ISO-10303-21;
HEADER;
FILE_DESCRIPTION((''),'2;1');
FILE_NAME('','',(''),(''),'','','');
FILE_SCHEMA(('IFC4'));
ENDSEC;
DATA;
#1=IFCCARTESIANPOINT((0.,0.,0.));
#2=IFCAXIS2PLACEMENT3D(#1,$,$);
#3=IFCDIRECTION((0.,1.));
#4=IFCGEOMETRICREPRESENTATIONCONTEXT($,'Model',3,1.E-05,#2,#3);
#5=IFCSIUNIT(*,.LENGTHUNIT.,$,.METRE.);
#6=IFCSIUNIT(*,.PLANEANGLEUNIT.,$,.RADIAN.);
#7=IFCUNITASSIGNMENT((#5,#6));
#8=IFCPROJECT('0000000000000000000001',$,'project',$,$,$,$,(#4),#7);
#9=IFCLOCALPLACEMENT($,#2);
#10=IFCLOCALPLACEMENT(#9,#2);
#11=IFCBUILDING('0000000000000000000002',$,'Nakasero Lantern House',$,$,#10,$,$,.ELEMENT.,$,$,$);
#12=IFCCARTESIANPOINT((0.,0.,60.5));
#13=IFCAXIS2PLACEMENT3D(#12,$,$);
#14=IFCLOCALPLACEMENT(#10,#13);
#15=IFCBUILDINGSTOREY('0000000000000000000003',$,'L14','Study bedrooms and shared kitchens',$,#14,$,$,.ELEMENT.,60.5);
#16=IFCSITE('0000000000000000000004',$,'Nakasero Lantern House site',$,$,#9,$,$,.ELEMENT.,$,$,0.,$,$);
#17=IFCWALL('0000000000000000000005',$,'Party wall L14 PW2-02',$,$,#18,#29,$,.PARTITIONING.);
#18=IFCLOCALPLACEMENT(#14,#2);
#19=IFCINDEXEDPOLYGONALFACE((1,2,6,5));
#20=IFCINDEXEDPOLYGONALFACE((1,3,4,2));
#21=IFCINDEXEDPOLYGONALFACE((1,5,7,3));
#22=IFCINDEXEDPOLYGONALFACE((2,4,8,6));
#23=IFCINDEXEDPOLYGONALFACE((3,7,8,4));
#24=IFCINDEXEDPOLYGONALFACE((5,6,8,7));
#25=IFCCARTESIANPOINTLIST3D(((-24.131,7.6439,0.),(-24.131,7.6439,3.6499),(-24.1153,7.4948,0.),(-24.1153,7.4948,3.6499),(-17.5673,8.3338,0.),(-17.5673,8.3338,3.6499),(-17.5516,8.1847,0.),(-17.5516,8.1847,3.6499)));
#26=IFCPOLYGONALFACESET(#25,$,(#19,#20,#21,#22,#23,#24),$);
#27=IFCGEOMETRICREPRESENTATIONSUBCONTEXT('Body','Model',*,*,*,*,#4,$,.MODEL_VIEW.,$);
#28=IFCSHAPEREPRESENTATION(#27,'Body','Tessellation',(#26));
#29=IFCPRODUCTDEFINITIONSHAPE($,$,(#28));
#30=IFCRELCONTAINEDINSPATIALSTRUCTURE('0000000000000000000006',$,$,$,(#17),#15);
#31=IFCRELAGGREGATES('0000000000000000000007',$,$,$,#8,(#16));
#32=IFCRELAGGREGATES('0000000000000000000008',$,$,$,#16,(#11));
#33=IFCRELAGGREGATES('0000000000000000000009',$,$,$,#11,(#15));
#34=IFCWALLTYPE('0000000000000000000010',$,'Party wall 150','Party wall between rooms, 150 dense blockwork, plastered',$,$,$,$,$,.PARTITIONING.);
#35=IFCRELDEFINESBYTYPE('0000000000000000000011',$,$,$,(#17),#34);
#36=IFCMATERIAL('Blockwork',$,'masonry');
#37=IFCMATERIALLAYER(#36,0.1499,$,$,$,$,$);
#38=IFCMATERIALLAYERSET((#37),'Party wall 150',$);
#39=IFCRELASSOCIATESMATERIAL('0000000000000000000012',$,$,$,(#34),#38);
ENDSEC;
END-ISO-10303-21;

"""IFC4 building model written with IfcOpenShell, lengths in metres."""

from ifc_helpers import new_model, si_unit, direction, frame, frame_2d, origin, place, context, subcontext, project, spatial, rectangle, extrude, material, layer, layer_set, type_object, element, save


model = new_model("IFC4")

# Units and contexts
model_context = context("Model", 3, precision=1e-05, world=origin(), true_north=direction((0.0, 1.0)))
body_context = subcontext(model_context, "Body", "Model", "MODEL_VIEW")
ifc_project = project(units=[si_unit("LENGTHUNIT", "METRE"), si_unit("PLANEANGLEUNIT", "RADIAN")], contexts=[model_context])

# Site, building, storey
site_placement = place(None, origin())
site = spatial("IfcSite", under=ifc_project, at=site_placement, Name="Nakasero Lantern House site", CompositionType="ELEMENT", RefElevation=0.0)
building_placement = place(site_placement, origin())
building = spatial("IfcBuilding", under=site, at=building_placement, Name="Nakasero Lantern House", CompositionType="ELEMENT")
storey_placement = place(building_placement, frame((0.0, 0.0, 60.5)))
storey = spatial("IfcBuildingStorey", under=building, at=storey_placement, Name="L14", Description="Study bedrooms and shared kitchens", CompositionType="ELEMENT", Elevation=60.5)

# Wall
ifc_material_1 = material(Name="Blockwork", Category="masonry")
ifc_layer_1 = layer(ifc_material_1, 0.1499)
ifc_layer_set_1 = layer_set([ifc_layer_1], Name="Party wall 150")
wall_type_1 = type_object("IfcWallType", Name="Party wall 150", Description="Party wall between rooms, 150 dense blockwork, plastered", PredefinedType="PARTITIONING", material=ifc_layer_set_1)
wall_1_placement = place(storey_placement, frame((-17.5596, 8.2593, 0.0), z_axis=(0.0, 0.0, 1.0), x_axis=(-0.994521, -0.104538, 0.0)))
element("IfcWall", 1, at=wall_1_placement, inside=storey, type_object=wall_type_1, Name="Party wall L14 PW2-02", PredefinedType="PARTITIONING", context=body_context, shape_type="SweptSolid", body=[
    extrude(rectangle(XDim=6.5999, YDim=0.1499, at=frame_2d((3.2998, 0.0))), origin(), (0.0, 0.0, 1.0), 3.6499),
])

save(model, "model.ifc")
